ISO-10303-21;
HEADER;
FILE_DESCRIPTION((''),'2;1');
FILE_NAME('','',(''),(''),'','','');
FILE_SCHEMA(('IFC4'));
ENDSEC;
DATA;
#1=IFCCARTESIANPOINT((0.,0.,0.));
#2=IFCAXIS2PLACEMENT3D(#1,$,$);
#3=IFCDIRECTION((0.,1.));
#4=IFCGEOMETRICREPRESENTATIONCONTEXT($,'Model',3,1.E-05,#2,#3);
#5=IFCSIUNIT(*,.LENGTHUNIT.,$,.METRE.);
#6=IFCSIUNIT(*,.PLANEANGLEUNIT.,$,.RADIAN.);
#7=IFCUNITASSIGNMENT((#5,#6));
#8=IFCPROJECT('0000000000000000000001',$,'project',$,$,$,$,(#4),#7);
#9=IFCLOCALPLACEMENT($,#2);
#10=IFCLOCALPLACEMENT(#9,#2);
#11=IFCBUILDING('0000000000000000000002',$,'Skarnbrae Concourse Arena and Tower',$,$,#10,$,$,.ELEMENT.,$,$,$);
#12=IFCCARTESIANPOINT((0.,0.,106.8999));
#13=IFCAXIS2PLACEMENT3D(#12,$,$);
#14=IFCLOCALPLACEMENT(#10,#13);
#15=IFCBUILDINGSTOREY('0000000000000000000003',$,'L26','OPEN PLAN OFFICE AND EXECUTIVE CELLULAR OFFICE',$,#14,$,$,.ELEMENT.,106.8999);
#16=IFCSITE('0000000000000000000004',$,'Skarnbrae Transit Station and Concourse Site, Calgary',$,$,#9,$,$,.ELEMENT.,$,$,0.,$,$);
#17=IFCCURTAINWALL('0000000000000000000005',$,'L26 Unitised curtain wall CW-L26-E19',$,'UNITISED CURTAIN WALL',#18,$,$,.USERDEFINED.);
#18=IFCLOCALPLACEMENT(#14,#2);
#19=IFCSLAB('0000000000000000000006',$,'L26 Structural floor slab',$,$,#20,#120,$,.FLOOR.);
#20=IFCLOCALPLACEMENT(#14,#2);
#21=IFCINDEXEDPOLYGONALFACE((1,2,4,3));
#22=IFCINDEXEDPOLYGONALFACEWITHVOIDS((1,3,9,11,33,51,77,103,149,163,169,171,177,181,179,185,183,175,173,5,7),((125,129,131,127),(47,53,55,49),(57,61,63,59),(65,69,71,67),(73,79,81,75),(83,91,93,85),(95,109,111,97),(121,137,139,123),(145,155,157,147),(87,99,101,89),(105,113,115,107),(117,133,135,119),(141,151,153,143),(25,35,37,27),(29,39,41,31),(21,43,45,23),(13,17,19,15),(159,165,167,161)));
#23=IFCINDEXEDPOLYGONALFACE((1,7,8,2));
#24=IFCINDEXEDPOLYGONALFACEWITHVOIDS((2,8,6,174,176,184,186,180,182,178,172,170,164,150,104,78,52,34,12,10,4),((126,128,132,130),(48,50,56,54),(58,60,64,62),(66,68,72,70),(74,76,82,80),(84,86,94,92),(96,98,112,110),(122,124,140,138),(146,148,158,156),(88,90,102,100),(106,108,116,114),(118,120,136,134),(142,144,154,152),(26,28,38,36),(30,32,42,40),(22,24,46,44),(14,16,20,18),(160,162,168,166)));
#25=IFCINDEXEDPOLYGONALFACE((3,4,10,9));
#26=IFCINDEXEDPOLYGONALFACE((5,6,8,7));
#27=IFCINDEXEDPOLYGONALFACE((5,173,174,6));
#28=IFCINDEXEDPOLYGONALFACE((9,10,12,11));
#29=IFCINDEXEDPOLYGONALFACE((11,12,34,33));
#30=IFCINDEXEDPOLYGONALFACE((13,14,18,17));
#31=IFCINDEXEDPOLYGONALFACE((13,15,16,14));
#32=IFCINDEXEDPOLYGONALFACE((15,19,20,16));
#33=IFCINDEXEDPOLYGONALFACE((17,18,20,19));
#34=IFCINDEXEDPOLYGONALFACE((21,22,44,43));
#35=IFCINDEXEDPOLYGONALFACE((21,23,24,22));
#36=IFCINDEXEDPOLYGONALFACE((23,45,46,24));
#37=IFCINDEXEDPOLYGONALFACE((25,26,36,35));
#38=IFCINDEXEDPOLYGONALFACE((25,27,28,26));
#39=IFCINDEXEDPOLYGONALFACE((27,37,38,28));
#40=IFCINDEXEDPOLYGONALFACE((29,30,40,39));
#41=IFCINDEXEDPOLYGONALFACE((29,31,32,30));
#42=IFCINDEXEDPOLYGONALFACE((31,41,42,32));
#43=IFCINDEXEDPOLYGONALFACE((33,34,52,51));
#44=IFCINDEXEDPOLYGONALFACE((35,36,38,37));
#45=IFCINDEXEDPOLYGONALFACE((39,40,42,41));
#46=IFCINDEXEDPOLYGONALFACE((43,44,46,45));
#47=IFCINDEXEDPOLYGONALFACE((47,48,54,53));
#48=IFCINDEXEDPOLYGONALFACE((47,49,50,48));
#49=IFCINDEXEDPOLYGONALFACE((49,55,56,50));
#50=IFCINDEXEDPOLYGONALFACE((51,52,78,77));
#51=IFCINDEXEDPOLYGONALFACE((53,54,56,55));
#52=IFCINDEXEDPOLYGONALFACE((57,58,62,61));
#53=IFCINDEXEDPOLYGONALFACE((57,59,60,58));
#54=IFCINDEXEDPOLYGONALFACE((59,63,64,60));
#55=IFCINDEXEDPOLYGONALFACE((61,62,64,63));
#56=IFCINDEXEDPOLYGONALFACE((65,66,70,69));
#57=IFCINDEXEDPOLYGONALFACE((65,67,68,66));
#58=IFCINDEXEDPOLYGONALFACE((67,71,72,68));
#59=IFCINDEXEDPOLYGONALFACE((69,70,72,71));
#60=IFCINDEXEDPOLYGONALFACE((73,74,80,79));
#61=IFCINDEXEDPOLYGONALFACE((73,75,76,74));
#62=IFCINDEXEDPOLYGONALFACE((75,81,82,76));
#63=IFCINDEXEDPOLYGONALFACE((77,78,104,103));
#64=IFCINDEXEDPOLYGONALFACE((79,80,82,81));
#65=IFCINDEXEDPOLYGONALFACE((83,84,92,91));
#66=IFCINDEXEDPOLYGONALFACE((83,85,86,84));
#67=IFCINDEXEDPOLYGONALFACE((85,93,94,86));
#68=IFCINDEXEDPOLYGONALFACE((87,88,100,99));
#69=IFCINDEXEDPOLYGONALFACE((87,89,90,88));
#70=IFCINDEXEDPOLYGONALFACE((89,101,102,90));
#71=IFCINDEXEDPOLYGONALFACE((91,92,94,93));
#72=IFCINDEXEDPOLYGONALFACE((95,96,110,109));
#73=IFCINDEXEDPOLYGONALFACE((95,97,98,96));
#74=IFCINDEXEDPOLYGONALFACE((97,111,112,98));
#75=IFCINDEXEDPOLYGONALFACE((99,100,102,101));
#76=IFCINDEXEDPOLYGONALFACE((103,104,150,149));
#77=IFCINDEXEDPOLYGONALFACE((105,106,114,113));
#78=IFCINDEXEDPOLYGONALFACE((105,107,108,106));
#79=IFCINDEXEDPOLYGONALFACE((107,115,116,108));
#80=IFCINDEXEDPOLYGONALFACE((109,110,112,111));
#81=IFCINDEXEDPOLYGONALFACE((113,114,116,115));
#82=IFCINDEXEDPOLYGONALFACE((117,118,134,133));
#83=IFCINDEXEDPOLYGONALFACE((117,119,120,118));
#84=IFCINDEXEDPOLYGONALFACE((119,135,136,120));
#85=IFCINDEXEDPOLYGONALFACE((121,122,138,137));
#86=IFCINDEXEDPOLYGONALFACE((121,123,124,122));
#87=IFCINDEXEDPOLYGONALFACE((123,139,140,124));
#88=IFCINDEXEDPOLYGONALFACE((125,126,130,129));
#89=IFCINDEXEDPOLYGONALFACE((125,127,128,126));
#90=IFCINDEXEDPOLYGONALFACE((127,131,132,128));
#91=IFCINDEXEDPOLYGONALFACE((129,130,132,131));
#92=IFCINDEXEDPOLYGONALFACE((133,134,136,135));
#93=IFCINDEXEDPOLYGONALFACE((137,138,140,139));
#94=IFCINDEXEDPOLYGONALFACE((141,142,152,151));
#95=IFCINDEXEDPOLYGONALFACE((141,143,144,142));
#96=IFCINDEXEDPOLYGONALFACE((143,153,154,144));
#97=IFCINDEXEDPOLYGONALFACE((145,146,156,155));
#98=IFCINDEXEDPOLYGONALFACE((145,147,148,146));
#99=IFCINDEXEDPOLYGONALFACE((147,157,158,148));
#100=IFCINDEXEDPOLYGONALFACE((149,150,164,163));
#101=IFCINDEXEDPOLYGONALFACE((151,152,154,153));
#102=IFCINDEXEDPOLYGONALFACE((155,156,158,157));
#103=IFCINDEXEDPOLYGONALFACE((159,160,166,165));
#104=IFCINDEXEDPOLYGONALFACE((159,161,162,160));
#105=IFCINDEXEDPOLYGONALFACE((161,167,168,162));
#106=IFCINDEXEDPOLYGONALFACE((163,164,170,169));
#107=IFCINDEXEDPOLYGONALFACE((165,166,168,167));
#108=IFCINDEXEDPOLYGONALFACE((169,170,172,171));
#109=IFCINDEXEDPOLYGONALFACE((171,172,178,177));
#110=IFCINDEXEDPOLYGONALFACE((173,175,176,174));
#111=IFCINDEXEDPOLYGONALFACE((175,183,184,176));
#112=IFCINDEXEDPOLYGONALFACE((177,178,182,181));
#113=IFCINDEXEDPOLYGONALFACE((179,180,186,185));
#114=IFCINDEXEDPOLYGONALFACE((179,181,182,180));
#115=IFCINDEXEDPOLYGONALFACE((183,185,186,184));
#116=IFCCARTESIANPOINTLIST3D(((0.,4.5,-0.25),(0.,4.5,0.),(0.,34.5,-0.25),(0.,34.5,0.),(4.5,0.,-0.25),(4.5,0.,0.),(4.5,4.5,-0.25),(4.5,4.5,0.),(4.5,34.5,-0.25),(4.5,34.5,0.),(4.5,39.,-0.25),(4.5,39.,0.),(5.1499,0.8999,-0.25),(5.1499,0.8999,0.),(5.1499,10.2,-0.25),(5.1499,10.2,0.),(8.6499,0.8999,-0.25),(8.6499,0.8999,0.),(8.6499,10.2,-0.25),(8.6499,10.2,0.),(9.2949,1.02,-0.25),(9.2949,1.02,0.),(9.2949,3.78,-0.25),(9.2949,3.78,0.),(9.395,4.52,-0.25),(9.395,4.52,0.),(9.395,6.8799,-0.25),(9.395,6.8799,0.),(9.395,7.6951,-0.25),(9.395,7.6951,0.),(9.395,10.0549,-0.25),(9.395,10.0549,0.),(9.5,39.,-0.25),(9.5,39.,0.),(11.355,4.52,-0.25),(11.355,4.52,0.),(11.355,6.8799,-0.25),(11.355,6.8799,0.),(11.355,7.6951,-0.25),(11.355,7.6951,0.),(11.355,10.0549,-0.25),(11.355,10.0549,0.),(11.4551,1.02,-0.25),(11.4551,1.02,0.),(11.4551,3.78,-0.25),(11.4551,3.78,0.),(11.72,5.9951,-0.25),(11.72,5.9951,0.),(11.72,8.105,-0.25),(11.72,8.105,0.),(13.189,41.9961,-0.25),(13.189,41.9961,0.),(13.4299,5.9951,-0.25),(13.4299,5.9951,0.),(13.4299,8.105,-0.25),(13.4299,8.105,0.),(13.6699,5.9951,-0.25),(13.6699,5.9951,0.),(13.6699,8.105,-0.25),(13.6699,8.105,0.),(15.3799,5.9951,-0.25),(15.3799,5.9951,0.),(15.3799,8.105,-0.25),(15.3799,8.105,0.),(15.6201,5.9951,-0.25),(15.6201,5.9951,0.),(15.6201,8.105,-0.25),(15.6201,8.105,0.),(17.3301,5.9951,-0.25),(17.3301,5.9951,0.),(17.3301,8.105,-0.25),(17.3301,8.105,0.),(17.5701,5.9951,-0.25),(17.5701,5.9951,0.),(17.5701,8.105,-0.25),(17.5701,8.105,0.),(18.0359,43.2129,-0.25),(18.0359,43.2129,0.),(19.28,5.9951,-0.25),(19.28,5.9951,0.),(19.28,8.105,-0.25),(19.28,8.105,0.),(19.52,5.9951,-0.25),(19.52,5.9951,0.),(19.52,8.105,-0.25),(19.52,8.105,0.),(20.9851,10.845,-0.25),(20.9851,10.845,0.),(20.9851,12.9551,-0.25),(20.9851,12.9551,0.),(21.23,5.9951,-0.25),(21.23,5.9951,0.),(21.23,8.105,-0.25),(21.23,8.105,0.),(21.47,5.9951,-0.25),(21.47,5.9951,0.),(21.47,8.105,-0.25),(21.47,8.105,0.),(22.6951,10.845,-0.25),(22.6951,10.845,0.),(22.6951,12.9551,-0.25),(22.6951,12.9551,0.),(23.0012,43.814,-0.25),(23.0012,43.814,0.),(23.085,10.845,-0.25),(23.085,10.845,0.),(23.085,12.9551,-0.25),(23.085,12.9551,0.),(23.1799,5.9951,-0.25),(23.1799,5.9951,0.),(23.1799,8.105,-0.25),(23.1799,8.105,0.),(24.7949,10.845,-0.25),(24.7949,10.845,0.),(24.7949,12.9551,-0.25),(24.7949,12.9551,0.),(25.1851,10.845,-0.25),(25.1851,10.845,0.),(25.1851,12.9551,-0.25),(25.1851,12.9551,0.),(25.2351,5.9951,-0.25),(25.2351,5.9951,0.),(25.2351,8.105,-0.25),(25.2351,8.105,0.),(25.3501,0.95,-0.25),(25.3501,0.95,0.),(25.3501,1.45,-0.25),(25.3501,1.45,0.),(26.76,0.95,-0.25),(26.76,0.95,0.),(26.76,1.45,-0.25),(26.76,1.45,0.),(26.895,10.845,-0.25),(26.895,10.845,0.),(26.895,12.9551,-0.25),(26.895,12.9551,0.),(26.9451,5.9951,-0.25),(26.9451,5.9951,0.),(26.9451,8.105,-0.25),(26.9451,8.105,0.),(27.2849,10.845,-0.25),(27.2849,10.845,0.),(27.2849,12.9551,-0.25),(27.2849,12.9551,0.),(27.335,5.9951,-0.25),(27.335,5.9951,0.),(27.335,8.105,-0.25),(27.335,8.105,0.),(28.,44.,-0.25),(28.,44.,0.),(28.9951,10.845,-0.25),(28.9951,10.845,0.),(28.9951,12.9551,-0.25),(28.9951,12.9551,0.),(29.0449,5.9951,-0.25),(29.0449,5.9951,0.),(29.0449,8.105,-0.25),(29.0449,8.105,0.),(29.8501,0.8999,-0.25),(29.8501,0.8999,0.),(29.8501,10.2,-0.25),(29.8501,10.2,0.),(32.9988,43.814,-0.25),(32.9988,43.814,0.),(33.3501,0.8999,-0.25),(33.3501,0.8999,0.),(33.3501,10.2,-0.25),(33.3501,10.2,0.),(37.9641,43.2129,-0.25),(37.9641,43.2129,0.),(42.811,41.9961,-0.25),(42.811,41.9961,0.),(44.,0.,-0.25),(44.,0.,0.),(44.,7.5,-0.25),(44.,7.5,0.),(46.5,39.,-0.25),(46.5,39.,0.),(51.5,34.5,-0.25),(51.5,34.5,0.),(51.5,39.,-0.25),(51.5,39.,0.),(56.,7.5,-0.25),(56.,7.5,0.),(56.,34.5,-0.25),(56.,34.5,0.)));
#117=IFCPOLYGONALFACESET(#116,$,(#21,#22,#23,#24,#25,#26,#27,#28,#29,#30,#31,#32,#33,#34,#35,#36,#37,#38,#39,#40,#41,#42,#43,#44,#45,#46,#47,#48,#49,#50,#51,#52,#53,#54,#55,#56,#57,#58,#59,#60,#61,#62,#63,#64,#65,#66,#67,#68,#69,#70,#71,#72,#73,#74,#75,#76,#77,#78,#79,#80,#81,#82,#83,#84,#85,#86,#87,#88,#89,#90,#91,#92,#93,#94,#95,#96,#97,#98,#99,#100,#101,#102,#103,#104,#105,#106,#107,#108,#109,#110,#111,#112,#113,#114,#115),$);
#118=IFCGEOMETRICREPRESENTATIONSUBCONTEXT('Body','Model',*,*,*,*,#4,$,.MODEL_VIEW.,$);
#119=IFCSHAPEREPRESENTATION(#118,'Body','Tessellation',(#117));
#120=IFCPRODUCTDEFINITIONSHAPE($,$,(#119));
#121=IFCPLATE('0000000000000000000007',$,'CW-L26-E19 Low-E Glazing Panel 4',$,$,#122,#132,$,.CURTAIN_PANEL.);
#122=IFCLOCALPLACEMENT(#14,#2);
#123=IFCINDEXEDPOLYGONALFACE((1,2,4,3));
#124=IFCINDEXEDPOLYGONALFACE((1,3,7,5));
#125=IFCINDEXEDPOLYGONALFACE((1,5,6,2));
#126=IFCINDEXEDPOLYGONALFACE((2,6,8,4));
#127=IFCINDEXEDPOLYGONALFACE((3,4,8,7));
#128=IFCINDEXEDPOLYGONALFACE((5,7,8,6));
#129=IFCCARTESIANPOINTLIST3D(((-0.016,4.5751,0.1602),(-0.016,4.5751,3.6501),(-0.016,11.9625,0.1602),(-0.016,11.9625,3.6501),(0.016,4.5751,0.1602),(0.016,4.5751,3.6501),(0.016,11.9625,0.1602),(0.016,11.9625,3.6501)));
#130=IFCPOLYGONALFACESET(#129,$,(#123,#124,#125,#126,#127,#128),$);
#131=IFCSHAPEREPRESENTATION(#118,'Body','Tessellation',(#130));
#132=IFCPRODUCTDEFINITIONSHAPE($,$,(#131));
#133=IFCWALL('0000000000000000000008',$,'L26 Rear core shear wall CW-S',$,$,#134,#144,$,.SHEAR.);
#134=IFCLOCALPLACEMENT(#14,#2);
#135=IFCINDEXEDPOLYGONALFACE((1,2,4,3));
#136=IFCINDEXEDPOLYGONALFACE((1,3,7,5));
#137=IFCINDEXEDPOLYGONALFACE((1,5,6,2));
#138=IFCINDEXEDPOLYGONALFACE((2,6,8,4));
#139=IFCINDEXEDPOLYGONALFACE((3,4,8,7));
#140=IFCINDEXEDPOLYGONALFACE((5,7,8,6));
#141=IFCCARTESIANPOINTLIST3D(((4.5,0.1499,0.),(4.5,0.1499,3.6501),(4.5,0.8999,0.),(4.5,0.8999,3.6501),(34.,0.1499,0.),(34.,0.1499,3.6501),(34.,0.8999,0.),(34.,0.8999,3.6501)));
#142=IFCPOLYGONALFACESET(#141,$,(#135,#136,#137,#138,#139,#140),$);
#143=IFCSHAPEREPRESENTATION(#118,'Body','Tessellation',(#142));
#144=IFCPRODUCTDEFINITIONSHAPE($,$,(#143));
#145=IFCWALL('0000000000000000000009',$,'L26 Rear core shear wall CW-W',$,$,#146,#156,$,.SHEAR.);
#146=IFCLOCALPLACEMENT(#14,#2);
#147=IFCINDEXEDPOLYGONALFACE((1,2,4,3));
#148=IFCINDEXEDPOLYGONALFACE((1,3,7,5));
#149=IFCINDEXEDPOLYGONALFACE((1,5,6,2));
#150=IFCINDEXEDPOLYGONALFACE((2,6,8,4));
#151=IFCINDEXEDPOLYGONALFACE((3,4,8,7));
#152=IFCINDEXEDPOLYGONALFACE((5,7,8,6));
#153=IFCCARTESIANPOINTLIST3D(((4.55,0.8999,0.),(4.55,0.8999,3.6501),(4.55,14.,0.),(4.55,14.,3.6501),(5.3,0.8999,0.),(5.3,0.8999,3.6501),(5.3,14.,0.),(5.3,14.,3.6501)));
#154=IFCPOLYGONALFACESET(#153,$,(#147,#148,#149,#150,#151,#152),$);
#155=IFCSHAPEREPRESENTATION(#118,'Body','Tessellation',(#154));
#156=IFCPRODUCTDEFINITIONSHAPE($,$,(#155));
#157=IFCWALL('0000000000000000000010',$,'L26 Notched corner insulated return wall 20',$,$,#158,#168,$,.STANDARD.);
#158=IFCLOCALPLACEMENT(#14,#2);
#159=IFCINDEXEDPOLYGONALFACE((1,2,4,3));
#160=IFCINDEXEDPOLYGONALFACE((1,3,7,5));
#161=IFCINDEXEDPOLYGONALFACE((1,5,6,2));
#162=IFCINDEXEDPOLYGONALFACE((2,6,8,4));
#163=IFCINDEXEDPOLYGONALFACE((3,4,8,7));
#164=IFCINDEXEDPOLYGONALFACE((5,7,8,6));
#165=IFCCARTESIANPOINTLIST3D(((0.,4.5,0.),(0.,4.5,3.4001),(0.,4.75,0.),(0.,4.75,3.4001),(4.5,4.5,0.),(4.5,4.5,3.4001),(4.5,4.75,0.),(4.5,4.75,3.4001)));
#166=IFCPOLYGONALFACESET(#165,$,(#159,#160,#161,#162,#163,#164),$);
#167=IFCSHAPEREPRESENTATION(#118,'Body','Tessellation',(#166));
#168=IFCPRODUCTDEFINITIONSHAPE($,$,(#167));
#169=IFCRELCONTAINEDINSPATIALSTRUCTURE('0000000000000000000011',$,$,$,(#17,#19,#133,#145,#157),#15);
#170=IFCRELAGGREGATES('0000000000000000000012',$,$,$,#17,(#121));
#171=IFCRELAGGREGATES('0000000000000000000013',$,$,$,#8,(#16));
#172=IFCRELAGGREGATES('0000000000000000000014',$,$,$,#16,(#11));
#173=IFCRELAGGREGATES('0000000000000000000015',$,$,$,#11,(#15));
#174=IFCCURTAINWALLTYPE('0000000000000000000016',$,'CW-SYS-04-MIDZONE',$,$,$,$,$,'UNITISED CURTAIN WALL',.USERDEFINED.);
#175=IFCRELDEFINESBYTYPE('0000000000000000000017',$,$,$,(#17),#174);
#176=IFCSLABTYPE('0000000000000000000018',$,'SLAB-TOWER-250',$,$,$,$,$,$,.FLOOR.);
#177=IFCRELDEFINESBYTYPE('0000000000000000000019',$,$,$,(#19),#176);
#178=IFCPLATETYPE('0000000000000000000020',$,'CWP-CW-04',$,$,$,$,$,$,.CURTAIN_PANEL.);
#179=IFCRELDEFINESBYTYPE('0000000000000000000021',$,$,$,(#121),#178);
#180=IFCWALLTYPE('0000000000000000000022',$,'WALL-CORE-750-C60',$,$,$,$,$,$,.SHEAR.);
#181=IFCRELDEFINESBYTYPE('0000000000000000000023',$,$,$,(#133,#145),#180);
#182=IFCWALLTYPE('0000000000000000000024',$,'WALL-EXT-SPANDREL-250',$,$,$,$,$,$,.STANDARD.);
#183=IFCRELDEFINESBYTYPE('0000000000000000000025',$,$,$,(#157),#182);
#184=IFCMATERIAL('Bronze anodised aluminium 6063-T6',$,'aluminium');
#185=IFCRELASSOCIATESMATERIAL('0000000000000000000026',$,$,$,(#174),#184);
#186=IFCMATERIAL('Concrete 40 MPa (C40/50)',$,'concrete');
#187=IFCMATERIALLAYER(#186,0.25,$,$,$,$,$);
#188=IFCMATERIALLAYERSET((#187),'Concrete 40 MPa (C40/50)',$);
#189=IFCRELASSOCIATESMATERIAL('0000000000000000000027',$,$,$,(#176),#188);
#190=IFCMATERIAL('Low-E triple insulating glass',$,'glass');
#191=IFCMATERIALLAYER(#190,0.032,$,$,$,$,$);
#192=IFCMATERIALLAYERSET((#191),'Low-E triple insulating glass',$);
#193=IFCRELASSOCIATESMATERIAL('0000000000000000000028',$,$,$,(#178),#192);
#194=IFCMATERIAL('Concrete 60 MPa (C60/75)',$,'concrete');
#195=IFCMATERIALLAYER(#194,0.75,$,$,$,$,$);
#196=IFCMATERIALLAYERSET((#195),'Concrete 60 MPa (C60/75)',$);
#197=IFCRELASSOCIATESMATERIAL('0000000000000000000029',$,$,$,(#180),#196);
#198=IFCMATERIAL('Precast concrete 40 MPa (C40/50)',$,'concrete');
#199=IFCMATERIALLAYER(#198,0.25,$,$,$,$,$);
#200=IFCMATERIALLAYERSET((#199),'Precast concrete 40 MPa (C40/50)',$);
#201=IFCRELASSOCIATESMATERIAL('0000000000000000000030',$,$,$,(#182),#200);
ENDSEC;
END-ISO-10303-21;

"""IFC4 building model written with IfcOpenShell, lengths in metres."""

from ifc_helpers import new_model, si_unit, direction, frame, frame_2d, origin, origin_2d, place, context, subcontext, project, spatial, polyline, rectangle, outline, extrude, source, transform, mapped, material, layer, layer_set, type_object, element, aggregate, save


model = new_model("IFC4")

# Units and contexts
model_context = context("Model", 3, precision=1e-05, world=origin(), true_north=direction((0.0, 1.0)))
body_context = subcontext(model_context, "Body", "Model", "MODEL_VIEW")
ifc_project = project(units=[si_unit("LENGTHUNIT", "METRE"), si_unit("PLANEANGLEUNIT", "RADIAN")], contexts=[model_context])

# Site, building, storey
site_placement = place(None, origin())
site = spatial("IfcSite", under=ifc_project, at=site_placement, Name="Skarnbrae Transit Station and Concourse Site, Calgary", CompositionType="ELEMENT", RefElevation=0.0)
building_placement = place(site_placement, origin())
building = spatial("IfcBuilding", under=site, at=building_placement, Name="Skarnbrae Concourse Arena and Tower", CompositionType="ELEMENT")
storey_placement = place(building_placement, frame((0.0, 0.0, 106.8999)))
storey = spatial("IfcBuildingStorey", under=building, at=storey_placement, Name="L26", Description="OPEN PLAN OFFICE AND EXECUTIVE CELLULAR OFFICE", CompositionType="ELEMENT", Elevation=106.8999)

# Curtain wall
ifc_material_1 = material(Name="Bronze anodised aluminium 6063-T6", Category="aluminium")
curtain_wall_type = type_object("IfcCurtainWallType", Name="CW-SYS-04-MIDZONE", ElementType="UNITISED CURTAIN WALL", PredefinedType="USERDEFINED", material=ifc_material_1)
curtain_wall_placement = place(storey_placement, origin())
curtain_wall = element("IfcCurtainWall", 1, at=curtain_wall_placement, inside=storey, type_object=curtain_wall_type, Name="L26 Unitised curtain wall CW-L26-E19", ObjectType="UNITISED CURTAIN WALL", PredefinedType="USERDEFINED")

# Shared definitions
ifc_material_2 = material(Name="Concrete 40 MPa (C40/50)", Category="concrete")

# Slab
ifc_layer_1 = layer(ifc_material_2, 0.25)
ifc_layer_set_1 = layer_set([ifc_layer_1], Name="Concrete 40 MPa (C40/50)")
slab_type_1 = type_object("IfcSlabType", Name="SLAB-TOWER-250", PredefinedType="FLOOR", material=ifc_layer_set_1)
slab_1_placement = place(storey_placement, frame((0.0, 0.0, -0.25)))
element("IfcSlab", 2, at=slab_1_placement, inside=storey, type_object=slab_type_1, Name="L26 Structural floor slab", PredefinedType="FLOOR", context=body_context, shape_type="SweptSolid", body=[
    extrude(outline(polyline([(4.5, 0.0), (44.0, 0.0), (44.0, 7.5), (56.0, 7.5), (56.0, 34.5), (51.5, 34.5), (51.5, 39.0), (46.5, 39.0), (42.811, 41.9961), (37.9641, 43.2129), (32.9988, 43.814), (28.0, 44.0), (23.0012, 43.814), (18.0359, 43.2129), (13.189, 41.9961), (9.5, 39.0), (4.5, 39.0), (4.5, 34.5), (0.0, 34.5), (0.0, 4.5), (4.5, 4.5), (4.5, 0.0)]), holes=[polyline([(9.2949, 3.78), (11.4551, 3.78), (11.4551, 1.02), (9.2949, 1.02), (9.2949, 3.78)]), polyline([(8.6499, 10.2), (8.6499, 0.8999), (5.1499, 0.8999), (5.1499, 10.2), (8.6499, 10.2)]), polyline([(9.395, 6.8799), (11.355, 6.8799), (11.355, 4.52), (9.395, 4.52), (9.395, 6.8799)]), polyline([(11.72, 8.105), (13.4299, 8.105), (13.4299, 5.9951), (11.72, 5.9951), (11.72, 8.105)]), polyline([(13.6699, 8.105), (15.3799, 8.105), (15.3799, 5.9951), (13.6699, 5.9951), (13.6699, 8.105)]), polyline([(15.6201, 8.105), (17.3301, 8.105), (17.3301, 5.9951), (15.6201, 5.9951), (15.6201, 8.105)]), polyline([(17.5701, 8.105), (19.28, 8.105), (19.28, 5.9951), (17.5701, 5.9951), (17.5701, 8.105)]), polyline([(21.23, 8.105), (21.23, 5.9951), (19.52, 5.9951), (19.52, 8.105), (21.23, 8.105)]), polyline([(11.355, 10.0549), (11.355, 7.6951), (9.395, 7.6951), (9.395, 10.0549), (11.355, 10.0549)]), polyline([(25.3501, 1.45), (26.76, 1.45), (26.76, 0.95), (25.3501, 0.95), (25.3501, 1.45)]), polyline([(33.3501, 10.2), (33.3501, 0.8999), (29.8501, 0.8999), (29.8501, 10.2), (33.3501, 10.2)]), polyline([(21.47, 8.105), (23.1799, 8.105), (23.1799, 5.9951), (21.47, 5.9951), (21.47, 8.105)]), polyline([(25.2351, 8.105), (26.9451, 8.105), (26.9451, 5.9951), (25.2351, 5.9951), (25.2351, 8.105)]), polyline([(27.335, 8.105), (29.0449, 8.105), (29.0449, 5.9951), (27.335, 5.9951), (27.335, 8.105)]), polyline([(20.9851, 12.9551), (22.6951, 12.9551), (22.6951, 10.845), (20.9851, 10.845), (20.9851, 12.9551)]), polyline([(23.085, 12.9551), (24.7949, 12.9551), (24.7949, 10.845), (23.085, 10.845), (23.085, 12.9551)]), polyline([(26.895, 12.9551), (26.895, 10.845), (25.1851, 10.845), (25.1851, 12.9551), (26.895, 12.9551)]), polyline([(28.9951, 12.9551), (28.9951, 10.845), (27.2849, 10.845), (27.2849, 12.9551), (28.9951, 12.9551)])]), origin(), (0.0, 0.0, 1.0), 0.25),
])

# Plate
ifc_material_3 = material(Name="Low-E triple insulating glass", Category="glass")
ifc_layer_2 = layer(ifc_material_3, 0.032)
ifc_layer_set_2 = layer_set([ifc_layer_2], Name="Low-E triple insulating glass")
plate_type = type_object("IfcPlateType", Name="CWP-CW-04", PredefinedType="CURTAIN_PANEL", material=ifc_layer_set_2)
shared_shape_1 = source(origin(), body_context, "Body", "SweptSolid", [
    extrude(rectangle(XDim=7.3875, YDim=0.032, at=origin_2d()), origin(), (0.0, 0.0, 1.0), 3.49),
])
plate_placement = place(storey_placement, frame((0.0, 8.2688, 0.1602), z_axis=(0.0, 0.0, 1.0), x_axis=(0.0, -1.0, 0.0)))
plate = element("IfcPlate", 3, at=plate_placement, type_object=plate_type, Name="CW-L26-E19 Low-E Glazing Panel 4", PredefinedType="CURTAIN_PANEL", context=body_context, shape_type="MappedRepresentation", body=[
    mapped(shared_shape_1, transform((0.0, 0.0, 0.0))),
])
aggregate(curtain_wall, [plate])

# Walls
ifc_material_4 = material(Name="Concrete 60 MPa (C60/75)", Category="concrete")
ifc_layer_3 = layer(ifc_material_4, 0.75)
ifc_layer_set_3 = layer_set([ifc_layer_3], Name="Concrete 60 MPa (C60/75)")
wall_type_1 = type_object("IfcWallType", Name="WALL-CORE-750-C60", PredefinedType="SHEAR", material=ifc_layer_set_3)
shared_shape_2 = source(origin(), body_context, "Body", "SweptSolid", [
    extrude(rectangle(XDim=29.5, YDim=0.75, at=frame_2d((14.75, 0.0))), origin(), (0.0, 0.0, 1.0), 3.6501),
])
wall_1_placement = place(storey_placement, frame((4.5, 0.5249, 0.0), z_axis=(0.0, 0.0, 1.0), x_axis=(1.0, 0.0, 0.0)))
element("IfcWall", 4, at=wall_1_placement, inside=storey, type_object=wall_type_1, Name="L26 Rear core shear wall CW-S", PredefinedType="SHEAR", context=body_context, shape_type="MappedRepresentation", body=[
    mapped(shared_shape_2, transform((0.0, 0.0, 0.0))),
])
shared_shape_3 = source(origin(), body_context, "Body", "SweptSolid", [
    extrude(rectangle(XDim=13.1001, YDim=0.75, at=frame_2d((6.55, 0.0))), origin(), (0.0, 0.0, 1.0), 3.6501),
])
wall_2_placement = place(storey_placement, frame((4.925, 0.8999, 0.0), z_axis=(0.0, 0.0, 1.0), x_axis=(0.0, 1.0, 0.0)))
element("IfcWall", 5, at=wall_2_placement, inside=storey, type_object=wall_type_1, Name="L26 Rear core shear wall CW-W", PredefinedType="SHEAR", context=body_context, shape_type="MappedRepresentation", body=[
    mapped(shared_shape_3, transform((0.0, 0.0, 0.0))),
])
ifc_material_5 = material(Name="Precast concrete 40 MPa (C40/50)", Category="concrete")
ifc_layer_4 = layer(ifc_material_5, 0.25)
ifc_layer_set_4 = layer_set([ifc_layer_4], Name="Precast concrete 40 MPa (C40/50)")
wall_type_2 = type_object("IfcWallType", Name="WALL-EXT-SPANDREL-250", PredefinedType="STANDARD", material=ifc_layer_set_4)
shared_shape_4 = source(origin(), body_context, "Body", "SweptSolid", [
    extrude(rectangle(XDim=4.5, YDim=0.25, at=frame_2d((2.25, 0.0))), origin(), (0.0, 0.0, 1.0), 3.4001),
])
wall_3_placement = place(storey_placement, frame((0.0, 4.625, 0.0), z_axis=(0.0, 0.0, 1.0), x_axis=(1.0, 0.0, 0.0)))
element("IfcWall", 6, at=wall_3_placement, inside=storey, type_object=wall_type_2, Name="L26 Notched corner insulated return wall 20", PredefinedType="STANDARD", context=body_context, shape_type="MappedRepresentation", body=[
    mapped(shared_shape_4, transform((0.0, 0.0, 0.0))),
])

save(model, "model.ifc")
